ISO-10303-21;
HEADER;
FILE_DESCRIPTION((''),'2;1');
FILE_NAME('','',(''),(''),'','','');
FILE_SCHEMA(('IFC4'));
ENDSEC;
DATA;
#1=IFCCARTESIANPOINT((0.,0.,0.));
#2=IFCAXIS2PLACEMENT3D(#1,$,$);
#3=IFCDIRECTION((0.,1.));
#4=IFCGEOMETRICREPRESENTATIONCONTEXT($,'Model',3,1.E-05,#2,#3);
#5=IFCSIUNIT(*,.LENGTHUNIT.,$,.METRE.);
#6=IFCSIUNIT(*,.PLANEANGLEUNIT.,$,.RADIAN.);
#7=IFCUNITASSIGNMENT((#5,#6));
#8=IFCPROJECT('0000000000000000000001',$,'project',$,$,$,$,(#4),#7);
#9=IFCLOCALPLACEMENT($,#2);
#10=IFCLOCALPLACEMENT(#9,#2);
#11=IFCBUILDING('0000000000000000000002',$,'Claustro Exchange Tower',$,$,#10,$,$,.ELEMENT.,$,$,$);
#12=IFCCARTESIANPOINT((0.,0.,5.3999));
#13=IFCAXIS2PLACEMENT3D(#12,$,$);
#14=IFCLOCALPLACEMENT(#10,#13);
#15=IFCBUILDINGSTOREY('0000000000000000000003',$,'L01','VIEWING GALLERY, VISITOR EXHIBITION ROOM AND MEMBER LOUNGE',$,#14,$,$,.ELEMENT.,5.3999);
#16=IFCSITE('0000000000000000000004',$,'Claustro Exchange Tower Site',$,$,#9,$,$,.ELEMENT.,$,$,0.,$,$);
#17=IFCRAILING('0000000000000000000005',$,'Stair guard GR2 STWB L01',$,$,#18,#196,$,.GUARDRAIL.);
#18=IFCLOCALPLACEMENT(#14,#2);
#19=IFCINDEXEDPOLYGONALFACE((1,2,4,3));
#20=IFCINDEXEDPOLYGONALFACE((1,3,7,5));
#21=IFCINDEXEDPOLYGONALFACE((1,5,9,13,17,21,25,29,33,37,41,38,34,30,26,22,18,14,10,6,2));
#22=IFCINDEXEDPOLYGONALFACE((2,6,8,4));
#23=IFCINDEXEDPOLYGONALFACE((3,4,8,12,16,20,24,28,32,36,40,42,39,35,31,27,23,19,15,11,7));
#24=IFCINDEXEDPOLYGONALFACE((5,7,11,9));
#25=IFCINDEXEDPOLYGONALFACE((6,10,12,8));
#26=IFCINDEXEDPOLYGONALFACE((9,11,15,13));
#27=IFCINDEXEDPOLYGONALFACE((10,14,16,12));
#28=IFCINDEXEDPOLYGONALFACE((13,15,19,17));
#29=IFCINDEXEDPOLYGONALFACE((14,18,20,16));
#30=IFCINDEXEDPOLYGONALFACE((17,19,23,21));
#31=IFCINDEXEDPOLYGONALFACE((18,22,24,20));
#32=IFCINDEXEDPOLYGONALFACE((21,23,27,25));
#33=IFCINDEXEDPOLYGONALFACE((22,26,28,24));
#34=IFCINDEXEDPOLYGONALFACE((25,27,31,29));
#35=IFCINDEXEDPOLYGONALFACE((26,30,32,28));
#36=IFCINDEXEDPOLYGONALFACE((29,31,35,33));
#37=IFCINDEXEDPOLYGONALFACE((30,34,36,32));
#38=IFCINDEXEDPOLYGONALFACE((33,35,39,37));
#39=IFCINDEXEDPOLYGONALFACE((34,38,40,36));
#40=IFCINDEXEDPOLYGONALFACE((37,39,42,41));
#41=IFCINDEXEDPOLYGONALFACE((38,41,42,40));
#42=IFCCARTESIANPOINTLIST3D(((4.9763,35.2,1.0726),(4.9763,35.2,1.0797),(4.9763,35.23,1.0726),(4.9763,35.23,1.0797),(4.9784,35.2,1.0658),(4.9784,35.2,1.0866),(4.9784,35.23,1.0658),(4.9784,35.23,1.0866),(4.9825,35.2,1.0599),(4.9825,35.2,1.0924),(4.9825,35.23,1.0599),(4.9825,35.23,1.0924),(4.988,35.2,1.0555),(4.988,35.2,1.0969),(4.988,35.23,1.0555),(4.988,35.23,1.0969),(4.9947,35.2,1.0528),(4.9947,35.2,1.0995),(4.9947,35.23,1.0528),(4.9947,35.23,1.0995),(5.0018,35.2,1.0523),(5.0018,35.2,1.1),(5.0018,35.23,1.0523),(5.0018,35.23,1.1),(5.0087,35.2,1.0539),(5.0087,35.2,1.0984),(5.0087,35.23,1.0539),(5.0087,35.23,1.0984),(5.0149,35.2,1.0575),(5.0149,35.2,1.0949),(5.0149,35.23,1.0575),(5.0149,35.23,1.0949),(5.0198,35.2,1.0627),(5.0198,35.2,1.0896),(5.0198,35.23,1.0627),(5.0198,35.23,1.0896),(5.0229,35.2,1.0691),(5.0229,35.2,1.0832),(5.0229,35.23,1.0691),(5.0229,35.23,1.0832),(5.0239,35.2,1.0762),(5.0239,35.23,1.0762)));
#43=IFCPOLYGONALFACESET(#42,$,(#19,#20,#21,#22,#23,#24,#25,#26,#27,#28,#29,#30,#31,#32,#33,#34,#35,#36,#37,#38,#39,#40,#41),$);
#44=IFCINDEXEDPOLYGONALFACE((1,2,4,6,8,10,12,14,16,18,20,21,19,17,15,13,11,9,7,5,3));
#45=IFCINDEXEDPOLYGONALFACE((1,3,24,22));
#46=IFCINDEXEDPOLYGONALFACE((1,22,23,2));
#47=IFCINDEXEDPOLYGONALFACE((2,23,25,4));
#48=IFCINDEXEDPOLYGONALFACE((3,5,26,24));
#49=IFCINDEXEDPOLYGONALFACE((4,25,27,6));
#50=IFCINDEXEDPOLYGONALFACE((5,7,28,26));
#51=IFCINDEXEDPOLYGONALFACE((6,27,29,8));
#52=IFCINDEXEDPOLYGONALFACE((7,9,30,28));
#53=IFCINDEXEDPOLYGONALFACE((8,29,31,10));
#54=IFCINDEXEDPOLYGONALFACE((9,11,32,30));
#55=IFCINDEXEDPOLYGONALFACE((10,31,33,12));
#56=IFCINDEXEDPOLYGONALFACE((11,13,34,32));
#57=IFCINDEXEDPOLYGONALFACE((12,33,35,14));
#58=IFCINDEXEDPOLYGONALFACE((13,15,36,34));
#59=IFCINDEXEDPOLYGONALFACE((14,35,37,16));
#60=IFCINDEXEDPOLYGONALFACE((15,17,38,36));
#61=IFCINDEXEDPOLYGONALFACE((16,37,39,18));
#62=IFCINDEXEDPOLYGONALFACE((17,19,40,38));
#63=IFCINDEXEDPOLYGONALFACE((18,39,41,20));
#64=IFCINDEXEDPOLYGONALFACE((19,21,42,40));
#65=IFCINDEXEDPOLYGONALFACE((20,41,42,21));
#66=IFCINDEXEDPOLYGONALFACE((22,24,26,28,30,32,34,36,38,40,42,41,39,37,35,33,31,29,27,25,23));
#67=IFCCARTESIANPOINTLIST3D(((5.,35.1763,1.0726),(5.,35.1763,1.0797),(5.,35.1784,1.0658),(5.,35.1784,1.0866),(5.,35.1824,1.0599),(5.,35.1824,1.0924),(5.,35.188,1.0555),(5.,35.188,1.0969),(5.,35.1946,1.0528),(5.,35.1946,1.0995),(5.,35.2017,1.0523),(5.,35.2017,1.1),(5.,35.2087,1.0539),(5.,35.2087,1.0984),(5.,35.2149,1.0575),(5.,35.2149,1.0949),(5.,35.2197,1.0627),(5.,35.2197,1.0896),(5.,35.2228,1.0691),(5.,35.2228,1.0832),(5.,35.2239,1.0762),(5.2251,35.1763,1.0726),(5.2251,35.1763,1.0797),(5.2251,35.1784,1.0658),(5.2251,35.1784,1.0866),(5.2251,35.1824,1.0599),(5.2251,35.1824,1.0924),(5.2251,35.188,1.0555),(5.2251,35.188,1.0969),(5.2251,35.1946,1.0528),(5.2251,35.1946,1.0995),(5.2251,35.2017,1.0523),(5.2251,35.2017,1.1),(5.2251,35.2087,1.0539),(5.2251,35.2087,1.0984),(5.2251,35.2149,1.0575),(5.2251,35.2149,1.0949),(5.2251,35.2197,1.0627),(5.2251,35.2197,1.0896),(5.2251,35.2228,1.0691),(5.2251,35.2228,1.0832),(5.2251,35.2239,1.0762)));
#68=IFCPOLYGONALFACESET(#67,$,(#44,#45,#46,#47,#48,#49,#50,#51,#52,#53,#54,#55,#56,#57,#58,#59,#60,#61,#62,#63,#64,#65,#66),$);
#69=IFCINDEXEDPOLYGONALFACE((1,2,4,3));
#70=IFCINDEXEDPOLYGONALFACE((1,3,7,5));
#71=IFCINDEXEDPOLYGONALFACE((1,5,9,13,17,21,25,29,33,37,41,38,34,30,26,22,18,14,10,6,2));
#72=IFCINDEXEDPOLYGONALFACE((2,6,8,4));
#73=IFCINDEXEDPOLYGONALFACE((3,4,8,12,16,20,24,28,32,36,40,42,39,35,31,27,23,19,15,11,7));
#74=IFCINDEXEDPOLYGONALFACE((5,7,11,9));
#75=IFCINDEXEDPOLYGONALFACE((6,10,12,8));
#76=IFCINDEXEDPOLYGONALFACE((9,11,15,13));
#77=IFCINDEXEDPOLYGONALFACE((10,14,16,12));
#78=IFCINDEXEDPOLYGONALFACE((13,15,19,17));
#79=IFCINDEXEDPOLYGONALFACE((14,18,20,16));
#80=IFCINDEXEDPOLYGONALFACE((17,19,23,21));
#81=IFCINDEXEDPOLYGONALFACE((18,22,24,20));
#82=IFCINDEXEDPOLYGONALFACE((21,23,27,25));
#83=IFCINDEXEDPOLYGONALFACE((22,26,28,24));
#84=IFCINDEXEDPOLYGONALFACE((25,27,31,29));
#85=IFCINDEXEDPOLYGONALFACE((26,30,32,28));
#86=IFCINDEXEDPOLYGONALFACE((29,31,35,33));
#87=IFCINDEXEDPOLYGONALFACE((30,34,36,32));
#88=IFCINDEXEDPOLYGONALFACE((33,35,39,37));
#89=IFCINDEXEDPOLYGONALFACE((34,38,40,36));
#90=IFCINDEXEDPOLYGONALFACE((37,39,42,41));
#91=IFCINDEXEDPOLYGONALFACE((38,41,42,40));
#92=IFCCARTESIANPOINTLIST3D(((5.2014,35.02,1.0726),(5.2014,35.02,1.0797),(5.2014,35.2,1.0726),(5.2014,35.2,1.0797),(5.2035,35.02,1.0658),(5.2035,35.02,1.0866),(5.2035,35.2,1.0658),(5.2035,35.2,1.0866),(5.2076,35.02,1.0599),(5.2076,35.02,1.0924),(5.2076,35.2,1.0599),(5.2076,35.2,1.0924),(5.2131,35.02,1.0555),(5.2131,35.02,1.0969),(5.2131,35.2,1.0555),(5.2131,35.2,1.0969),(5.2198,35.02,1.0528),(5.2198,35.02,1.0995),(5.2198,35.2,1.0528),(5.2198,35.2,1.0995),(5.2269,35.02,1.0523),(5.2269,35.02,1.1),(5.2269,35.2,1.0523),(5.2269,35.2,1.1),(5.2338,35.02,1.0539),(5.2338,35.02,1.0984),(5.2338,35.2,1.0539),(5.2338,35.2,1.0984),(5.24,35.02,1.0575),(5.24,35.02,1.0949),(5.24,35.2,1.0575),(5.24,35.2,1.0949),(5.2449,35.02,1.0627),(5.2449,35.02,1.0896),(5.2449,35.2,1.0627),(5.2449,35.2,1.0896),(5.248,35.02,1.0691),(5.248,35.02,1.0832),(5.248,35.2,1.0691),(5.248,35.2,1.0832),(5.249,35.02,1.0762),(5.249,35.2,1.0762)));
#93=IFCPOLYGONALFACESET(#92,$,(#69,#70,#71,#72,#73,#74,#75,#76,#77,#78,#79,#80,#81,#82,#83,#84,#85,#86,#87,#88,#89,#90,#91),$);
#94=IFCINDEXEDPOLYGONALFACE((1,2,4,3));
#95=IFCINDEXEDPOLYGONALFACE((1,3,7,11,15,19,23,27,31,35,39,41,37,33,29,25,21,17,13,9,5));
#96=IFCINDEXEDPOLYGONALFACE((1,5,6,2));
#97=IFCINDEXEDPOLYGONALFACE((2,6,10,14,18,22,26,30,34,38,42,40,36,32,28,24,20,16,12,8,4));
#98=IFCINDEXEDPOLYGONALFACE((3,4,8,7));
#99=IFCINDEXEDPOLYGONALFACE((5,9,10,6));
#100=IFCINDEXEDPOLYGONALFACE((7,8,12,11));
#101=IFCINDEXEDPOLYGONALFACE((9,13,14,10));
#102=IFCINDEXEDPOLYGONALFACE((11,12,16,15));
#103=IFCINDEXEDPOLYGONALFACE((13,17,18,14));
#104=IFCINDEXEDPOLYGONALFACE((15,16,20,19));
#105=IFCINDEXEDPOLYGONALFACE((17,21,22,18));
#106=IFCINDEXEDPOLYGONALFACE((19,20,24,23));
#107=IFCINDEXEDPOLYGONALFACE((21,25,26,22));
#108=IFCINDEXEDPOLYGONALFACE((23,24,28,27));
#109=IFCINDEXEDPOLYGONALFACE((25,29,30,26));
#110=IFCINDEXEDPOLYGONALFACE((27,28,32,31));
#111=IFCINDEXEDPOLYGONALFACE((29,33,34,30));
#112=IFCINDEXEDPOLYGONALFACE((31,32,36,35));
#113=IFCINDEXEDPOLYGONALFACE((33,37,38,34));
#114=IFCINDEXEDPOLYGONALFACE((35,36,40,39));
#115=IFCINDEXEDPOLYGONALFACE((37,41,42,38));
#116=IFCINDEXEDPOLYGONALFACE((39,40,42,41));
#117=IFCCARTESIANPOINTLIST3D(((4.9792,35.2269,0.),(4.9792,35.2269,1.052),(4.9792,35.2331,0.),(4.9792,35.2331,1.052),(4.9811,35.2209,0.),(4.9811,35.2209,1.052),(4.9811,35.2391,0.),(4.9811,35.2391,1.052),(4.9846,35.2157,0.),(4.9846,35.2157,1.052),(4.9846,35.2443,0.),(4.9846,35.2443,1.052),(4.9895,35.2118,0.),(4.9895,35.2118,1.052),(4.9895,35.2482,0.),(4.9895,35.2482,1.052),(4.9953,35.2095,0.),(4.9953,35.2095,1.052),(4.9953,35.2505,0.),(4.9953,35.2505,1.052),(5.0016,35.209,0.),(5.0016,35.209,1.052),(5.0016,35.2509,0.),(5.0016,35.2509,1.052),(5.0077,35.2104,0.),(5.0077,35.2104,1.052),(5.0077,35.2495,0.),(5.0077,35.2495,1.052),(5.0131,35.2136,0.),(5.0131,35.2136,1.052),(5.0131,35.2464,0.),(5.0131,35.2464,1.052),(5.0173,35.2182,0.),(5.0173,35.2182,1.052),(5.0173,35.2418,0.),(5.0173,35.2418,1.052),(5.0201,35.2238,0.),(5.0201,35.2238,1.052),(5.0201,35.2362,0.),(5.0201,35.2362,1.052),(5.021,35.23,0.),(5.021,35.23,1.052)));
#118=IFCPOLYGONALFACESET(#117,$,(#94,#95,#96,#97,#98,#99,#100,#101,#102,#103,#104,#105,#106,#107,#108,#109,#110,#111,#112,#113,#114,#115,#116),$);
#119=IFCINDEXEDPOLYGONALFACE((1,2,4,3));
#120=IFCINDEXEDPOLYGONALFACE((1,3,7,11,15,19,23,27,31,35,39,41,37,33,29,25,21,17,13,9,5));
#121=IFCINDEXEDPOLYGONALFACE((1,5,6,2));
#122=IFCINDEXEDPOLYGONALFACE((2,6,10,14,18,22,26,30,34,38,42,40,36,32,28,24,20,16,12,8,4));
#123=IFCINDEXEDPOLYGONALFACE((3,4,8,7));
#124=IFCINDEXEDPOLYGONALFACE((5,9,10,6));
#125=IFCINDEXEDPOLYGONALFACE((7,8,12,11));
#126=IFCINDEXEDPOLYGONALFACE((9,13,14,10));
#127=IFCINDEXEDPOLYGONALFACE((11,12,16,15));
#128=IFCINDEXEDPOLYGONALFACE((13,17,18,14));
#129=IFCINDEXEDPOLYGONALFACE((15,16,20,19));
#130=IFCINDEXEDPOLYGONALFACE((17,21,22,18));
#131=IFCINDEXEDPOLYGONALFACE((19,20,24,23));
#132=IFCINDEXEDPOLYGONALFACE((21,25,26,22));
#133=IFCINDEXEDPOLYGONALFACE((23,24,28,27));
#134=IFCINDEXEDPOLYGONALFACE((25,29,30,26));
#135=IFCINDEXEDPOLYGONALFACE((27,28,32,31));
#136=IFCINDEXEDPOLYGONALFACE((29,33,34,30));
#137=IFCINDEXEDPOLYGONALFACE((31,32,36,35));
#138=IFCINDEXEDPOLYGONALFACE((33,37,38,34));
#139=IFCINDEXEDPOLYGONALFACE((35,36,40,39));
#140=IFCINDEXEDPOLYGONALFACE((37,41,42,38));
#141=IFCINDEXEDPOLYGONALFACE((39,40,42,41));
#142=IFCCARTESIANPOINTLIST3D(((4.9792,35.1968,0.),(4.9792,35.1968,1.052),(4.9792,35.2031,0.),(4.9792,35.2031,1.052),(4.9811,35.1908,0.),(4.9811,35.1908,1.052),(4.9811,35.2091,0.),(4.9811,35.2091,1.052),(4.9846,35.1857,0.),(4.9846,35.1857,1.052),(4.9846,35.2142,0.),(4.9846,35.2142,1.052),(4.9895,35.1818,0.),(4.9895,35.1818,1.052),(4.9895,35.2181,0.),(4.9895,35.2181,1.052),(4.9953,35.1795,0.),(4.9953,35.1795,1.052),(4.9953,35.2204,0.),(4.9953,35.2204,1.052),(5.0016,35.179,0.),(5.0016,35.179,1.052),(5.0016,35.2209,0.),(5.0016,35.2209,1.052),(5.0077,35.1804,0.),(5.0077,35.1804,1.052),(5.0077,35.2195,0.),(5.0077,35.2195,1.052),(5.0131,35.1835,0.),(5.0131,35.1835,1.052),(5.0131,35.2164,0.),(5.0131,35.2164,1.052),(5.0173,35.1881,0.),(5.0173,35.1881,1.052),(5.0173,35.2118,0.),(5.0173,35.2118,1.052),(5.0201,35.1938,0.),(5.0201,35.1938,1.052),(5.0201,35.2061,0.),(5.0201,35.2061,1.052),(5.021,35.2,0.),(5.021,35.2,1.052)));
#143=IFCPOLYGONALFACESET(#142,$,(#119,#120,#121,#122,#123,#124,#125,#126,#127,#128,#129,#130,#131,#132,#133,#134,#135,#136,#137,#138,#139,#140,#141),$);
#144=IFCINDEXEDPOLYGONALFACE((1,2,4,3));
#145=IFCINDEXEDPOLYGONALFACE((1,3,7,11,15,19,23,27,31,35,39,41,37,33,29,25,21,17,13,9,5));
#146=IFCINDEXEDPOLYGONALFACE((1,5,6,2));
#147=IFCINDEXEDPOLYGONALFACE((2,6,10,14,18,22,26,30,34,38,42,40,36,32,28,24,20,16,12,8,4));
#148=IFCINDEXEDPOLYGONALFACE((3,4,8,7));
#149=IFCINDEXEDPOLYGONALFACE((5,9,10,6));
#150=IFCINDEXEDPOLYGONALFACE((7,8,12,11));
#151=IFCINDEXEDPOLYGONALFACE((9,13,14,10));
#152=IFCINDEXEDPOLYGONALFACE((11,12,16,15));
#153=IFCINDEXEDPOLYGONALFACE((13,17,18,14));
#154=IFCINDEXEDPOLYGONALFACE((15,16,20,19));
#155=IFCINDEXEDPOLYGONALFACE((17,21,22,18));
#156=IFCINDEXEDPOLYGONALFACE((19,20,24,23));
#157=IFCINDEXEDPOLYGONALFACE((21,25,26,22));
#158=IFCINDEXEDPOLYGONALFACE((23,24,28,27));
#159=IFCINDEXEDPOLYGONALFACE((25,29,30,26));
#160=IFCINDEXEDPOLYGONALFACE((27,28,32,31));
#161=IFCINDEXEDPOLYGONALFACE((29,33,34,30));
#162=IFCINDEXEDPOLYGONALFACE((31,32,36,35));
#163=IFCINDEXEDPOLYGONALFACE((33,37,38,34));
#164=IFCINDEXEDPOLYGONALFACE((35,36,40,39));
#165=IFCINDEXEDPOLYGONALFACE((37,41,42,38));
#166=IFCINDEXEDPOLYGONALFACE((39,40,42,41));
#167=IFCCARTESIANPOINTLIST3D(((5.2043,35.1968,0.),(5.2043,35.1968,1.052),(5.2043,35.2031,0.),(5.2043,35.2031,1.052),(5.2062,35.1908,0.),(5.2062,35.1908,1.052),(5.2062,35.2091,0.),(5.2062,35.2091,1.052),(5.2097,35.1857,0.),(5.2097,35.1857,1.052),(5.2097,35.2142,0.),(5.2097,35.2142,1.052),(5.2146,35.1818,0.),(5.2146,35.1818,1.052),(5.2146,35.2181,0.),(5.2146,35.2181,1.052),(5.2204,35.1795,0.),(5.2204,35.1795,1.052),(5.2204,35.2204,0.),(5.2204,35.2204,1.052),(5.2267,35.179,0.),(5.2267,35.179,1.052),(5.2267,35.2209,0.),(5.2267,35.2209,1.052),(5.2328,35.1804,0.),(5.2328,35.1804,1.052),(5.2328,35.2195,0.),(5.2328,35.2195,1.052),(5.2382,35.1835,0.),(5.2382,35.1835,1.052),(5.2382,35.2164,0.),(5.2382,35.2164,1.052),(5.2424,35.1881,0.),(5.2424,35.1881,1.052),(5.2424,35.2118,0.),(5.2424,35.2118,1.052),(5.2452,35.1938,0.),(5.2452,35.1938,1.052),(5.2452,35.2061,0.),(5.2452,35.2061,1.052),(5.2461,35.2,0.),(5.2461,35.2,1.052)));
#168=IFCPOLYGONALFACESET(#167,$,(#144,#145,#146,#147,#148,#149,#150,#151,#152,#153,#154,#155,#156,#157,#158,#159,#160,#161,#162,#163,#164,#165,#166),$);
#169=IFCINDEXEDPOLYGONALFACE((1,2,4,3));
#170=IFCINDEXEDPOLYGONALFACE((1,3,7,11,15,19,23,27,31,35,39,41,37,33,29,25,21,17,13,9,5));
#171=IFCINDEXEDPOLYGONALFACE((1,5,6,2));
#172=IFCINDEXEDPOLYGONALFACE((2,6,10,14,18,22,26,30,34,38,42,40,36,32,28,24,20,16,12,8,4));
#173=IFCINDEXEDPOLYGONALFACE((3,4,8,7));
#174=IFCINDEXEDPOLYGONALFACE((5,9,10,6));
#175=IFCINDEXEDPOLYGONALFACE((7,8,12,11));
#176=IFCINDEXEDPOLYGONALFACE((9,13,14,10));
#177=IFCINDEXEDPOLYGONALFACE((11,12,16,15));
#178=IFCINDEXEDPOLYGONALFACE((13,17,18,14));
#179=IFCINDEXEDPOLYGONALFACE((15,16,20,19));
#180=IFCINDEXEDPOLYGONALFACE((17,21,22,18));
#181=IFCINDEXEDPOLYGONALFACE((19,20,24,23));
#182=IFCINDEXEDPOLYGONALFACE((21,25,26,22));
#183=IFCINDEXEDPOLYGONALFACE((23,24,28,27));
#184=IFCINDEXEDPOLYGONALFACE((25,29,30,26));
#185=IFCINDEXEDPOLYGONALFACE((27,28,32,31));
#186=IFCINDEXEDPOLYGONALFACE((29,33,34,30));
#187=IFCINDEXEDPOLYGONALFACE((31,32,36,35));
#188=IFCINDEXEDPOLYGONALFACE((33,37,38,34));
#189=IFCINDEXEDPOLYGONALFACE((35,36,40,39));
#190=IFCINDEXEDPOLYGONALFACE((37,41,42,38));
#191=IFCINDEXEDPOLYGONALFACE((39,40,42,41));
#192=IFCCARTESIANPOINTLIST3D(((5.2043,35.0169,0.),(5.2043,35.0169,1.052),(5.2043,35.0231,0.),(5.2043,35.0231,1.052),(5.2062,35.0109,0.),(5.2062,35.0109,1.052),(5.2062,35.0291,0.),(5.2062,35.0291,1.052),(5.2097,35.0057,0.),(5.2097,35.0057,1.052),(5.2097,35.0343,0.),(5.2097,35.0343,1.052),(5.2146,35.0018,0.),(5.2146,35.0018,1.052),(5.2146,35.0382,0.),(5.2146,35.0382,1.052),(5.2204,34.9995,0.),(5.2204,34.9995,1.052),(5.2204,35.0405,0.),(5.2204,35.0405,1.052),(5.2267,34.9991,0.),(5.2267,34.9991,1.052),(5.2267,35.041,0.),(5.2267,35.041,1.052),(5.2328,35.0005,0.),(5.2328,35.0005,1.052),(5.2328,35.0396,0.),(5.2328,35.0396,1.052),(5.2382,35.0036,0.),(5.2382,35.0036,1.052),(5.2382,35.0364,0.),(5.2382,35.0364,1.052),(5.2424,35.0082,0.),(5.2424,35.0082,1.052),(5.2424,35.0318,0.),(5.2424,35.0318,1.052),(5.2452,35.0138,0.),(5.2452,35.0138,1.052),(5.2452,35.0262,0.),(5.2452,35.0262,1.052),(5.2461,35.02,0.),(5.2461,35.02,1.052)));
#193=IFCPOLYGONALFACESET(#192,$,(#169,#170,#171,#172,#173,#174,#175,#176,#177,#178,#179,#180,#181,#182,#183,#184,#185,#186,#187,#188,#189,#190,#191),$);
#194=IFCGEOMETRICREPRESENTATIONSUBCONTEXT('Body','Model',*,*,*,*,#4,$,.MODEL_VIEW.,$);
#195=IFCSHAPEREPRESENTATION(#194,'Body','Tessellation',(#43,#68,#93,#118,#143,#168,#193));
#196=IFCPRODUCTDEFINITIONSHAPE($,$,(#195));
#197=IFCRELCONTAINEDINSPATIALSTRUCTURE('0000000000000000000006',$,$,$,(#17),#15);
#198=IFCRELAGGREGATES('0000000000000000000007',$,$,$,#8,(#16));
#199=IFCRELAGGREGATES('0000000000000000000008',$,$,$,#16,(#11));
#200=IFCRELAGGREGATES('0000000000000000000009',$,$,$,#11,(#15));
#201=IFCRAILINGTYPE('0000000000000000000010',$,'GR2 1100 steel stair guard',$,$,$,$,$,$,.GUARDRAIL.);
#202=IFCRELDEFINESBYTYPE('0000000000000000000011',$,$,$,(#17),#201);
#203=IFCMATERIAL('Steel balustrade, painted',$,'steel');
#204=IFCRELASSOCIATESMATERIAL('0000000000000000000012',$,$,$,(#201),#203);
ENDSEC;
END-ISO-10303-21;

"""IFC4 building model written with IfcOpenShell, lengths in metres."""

from ifc_helpers import new_model, si_unit, direction, frame, origin, origin_2d, place, context, subcontext, project, spatial, circle, extrude, material, type_object, element, save


model = new_model("IFC4")

# Units and contexts
model_context = context("Model", 3, precision=1e-05, world=origin(), true_north=direction((0.0, 1.0)))
body_context = subcontext(model_context, "Body", "Model", "MODEL_VIEW")
ifc_project = project(units=[si_unit("LENGTHUNIT", "METRE"), si_unit("PLANEANGLEUNIT", "RADIAN")], contexts=[model_context])

# Site, building, storey
site_placement = place(None, origin())
site = spatial("IfcSite", under=ifc_project, at=site_placement, Name="Claustro Exchange Tower Site", CompositionType="ELEMENT", RefElevation=0.0)
building_placement = place(site_placement, origin())
building = spatial("IfcBuilding", under=site, at=building_placement, Name="Claustro Exchange Tower", CompositionType="ELEMENT")
storey_placement = place(building_placement, frame((0.0, 0.0, 5.3999)))
storey = spatial("IfcBuildingStorey", under=building, at=storey_placement, Name="L01", Description="VIEWING GALLERY, VISITOR EXHIBITION ROOM AND MEMBER LOUNGE", CompositionType="ELEMENT", Elevation=5.3999)

# Railing
ifc_material_1 = material(Name="Steel balustrade, painted", Category="steel")
railing_type_1 = type_object("IfcRailingType", Name="GR2 1100 steel stair guard", PredefinedType="GUARDRAIL", material=ifc_material_1)
railing_1_placement = place(storey_placement, frame((5.0, 35.23, 0.0)))
element("IfcRailing", 1, at=railing_1_placement, inside=storey, type_object=railing_type_1, Name="Stair guard GR2 STWB L01", PredefinedType="GUARDRAIL", context=body_context, shape_type="SweptSolid", body=[
    extrude(circle(Radius=0.0239, at=origin_2d()), frame((0.0, 0.0, 1.0762), z_axis=(0.0, -1.0, 0.0), x_axis=(1.0, 0.0, 0.0)), (0.0, 0.0, 1.0), 0.03),
    extrude(circle(Radius=0.0239, at=origin_2d()), frame((0.0, -0.03, 1.0762), z_axis=(1.0, 0.0, 0.0), x_axis=(0.0, 1.0, 0.0)), (0.0, 0.0, 1.0), 0.2251),
    extrude(circle(Radius=0.0239, at=origin_2d()), frame((0.2251, -0.03, 1.0762), z_axis=(0.0, -1.0, 0.0), x_axis=(1.0, 0.0, 0.0)), (0.0, 0.0, 1.0), 0.1799),
    extrude(circle(Radius=0.021, at=origin_2d()), origin(), (0.0, 0.0, 1.0), 1.052),
    extrude(circle(Radius=0.021, at=origin_2d()), frame((0.0, -0.03, 0.0)), (0.0, 0.0, 1.0), 1.052),
    extrude(circle(Radius=0.021, at=origin_2d()), frame((0.2251, -0.03, 0.0)), (0.0, 0.0, 1.0), 1.052),
    extrude(circle(Radius=0.021, at=origin_2d()), frame((0.2251, -0.21, 0.0)), (0.0, 0.0, 1.0), 1.052),
])

save(model, "model.ifc")
